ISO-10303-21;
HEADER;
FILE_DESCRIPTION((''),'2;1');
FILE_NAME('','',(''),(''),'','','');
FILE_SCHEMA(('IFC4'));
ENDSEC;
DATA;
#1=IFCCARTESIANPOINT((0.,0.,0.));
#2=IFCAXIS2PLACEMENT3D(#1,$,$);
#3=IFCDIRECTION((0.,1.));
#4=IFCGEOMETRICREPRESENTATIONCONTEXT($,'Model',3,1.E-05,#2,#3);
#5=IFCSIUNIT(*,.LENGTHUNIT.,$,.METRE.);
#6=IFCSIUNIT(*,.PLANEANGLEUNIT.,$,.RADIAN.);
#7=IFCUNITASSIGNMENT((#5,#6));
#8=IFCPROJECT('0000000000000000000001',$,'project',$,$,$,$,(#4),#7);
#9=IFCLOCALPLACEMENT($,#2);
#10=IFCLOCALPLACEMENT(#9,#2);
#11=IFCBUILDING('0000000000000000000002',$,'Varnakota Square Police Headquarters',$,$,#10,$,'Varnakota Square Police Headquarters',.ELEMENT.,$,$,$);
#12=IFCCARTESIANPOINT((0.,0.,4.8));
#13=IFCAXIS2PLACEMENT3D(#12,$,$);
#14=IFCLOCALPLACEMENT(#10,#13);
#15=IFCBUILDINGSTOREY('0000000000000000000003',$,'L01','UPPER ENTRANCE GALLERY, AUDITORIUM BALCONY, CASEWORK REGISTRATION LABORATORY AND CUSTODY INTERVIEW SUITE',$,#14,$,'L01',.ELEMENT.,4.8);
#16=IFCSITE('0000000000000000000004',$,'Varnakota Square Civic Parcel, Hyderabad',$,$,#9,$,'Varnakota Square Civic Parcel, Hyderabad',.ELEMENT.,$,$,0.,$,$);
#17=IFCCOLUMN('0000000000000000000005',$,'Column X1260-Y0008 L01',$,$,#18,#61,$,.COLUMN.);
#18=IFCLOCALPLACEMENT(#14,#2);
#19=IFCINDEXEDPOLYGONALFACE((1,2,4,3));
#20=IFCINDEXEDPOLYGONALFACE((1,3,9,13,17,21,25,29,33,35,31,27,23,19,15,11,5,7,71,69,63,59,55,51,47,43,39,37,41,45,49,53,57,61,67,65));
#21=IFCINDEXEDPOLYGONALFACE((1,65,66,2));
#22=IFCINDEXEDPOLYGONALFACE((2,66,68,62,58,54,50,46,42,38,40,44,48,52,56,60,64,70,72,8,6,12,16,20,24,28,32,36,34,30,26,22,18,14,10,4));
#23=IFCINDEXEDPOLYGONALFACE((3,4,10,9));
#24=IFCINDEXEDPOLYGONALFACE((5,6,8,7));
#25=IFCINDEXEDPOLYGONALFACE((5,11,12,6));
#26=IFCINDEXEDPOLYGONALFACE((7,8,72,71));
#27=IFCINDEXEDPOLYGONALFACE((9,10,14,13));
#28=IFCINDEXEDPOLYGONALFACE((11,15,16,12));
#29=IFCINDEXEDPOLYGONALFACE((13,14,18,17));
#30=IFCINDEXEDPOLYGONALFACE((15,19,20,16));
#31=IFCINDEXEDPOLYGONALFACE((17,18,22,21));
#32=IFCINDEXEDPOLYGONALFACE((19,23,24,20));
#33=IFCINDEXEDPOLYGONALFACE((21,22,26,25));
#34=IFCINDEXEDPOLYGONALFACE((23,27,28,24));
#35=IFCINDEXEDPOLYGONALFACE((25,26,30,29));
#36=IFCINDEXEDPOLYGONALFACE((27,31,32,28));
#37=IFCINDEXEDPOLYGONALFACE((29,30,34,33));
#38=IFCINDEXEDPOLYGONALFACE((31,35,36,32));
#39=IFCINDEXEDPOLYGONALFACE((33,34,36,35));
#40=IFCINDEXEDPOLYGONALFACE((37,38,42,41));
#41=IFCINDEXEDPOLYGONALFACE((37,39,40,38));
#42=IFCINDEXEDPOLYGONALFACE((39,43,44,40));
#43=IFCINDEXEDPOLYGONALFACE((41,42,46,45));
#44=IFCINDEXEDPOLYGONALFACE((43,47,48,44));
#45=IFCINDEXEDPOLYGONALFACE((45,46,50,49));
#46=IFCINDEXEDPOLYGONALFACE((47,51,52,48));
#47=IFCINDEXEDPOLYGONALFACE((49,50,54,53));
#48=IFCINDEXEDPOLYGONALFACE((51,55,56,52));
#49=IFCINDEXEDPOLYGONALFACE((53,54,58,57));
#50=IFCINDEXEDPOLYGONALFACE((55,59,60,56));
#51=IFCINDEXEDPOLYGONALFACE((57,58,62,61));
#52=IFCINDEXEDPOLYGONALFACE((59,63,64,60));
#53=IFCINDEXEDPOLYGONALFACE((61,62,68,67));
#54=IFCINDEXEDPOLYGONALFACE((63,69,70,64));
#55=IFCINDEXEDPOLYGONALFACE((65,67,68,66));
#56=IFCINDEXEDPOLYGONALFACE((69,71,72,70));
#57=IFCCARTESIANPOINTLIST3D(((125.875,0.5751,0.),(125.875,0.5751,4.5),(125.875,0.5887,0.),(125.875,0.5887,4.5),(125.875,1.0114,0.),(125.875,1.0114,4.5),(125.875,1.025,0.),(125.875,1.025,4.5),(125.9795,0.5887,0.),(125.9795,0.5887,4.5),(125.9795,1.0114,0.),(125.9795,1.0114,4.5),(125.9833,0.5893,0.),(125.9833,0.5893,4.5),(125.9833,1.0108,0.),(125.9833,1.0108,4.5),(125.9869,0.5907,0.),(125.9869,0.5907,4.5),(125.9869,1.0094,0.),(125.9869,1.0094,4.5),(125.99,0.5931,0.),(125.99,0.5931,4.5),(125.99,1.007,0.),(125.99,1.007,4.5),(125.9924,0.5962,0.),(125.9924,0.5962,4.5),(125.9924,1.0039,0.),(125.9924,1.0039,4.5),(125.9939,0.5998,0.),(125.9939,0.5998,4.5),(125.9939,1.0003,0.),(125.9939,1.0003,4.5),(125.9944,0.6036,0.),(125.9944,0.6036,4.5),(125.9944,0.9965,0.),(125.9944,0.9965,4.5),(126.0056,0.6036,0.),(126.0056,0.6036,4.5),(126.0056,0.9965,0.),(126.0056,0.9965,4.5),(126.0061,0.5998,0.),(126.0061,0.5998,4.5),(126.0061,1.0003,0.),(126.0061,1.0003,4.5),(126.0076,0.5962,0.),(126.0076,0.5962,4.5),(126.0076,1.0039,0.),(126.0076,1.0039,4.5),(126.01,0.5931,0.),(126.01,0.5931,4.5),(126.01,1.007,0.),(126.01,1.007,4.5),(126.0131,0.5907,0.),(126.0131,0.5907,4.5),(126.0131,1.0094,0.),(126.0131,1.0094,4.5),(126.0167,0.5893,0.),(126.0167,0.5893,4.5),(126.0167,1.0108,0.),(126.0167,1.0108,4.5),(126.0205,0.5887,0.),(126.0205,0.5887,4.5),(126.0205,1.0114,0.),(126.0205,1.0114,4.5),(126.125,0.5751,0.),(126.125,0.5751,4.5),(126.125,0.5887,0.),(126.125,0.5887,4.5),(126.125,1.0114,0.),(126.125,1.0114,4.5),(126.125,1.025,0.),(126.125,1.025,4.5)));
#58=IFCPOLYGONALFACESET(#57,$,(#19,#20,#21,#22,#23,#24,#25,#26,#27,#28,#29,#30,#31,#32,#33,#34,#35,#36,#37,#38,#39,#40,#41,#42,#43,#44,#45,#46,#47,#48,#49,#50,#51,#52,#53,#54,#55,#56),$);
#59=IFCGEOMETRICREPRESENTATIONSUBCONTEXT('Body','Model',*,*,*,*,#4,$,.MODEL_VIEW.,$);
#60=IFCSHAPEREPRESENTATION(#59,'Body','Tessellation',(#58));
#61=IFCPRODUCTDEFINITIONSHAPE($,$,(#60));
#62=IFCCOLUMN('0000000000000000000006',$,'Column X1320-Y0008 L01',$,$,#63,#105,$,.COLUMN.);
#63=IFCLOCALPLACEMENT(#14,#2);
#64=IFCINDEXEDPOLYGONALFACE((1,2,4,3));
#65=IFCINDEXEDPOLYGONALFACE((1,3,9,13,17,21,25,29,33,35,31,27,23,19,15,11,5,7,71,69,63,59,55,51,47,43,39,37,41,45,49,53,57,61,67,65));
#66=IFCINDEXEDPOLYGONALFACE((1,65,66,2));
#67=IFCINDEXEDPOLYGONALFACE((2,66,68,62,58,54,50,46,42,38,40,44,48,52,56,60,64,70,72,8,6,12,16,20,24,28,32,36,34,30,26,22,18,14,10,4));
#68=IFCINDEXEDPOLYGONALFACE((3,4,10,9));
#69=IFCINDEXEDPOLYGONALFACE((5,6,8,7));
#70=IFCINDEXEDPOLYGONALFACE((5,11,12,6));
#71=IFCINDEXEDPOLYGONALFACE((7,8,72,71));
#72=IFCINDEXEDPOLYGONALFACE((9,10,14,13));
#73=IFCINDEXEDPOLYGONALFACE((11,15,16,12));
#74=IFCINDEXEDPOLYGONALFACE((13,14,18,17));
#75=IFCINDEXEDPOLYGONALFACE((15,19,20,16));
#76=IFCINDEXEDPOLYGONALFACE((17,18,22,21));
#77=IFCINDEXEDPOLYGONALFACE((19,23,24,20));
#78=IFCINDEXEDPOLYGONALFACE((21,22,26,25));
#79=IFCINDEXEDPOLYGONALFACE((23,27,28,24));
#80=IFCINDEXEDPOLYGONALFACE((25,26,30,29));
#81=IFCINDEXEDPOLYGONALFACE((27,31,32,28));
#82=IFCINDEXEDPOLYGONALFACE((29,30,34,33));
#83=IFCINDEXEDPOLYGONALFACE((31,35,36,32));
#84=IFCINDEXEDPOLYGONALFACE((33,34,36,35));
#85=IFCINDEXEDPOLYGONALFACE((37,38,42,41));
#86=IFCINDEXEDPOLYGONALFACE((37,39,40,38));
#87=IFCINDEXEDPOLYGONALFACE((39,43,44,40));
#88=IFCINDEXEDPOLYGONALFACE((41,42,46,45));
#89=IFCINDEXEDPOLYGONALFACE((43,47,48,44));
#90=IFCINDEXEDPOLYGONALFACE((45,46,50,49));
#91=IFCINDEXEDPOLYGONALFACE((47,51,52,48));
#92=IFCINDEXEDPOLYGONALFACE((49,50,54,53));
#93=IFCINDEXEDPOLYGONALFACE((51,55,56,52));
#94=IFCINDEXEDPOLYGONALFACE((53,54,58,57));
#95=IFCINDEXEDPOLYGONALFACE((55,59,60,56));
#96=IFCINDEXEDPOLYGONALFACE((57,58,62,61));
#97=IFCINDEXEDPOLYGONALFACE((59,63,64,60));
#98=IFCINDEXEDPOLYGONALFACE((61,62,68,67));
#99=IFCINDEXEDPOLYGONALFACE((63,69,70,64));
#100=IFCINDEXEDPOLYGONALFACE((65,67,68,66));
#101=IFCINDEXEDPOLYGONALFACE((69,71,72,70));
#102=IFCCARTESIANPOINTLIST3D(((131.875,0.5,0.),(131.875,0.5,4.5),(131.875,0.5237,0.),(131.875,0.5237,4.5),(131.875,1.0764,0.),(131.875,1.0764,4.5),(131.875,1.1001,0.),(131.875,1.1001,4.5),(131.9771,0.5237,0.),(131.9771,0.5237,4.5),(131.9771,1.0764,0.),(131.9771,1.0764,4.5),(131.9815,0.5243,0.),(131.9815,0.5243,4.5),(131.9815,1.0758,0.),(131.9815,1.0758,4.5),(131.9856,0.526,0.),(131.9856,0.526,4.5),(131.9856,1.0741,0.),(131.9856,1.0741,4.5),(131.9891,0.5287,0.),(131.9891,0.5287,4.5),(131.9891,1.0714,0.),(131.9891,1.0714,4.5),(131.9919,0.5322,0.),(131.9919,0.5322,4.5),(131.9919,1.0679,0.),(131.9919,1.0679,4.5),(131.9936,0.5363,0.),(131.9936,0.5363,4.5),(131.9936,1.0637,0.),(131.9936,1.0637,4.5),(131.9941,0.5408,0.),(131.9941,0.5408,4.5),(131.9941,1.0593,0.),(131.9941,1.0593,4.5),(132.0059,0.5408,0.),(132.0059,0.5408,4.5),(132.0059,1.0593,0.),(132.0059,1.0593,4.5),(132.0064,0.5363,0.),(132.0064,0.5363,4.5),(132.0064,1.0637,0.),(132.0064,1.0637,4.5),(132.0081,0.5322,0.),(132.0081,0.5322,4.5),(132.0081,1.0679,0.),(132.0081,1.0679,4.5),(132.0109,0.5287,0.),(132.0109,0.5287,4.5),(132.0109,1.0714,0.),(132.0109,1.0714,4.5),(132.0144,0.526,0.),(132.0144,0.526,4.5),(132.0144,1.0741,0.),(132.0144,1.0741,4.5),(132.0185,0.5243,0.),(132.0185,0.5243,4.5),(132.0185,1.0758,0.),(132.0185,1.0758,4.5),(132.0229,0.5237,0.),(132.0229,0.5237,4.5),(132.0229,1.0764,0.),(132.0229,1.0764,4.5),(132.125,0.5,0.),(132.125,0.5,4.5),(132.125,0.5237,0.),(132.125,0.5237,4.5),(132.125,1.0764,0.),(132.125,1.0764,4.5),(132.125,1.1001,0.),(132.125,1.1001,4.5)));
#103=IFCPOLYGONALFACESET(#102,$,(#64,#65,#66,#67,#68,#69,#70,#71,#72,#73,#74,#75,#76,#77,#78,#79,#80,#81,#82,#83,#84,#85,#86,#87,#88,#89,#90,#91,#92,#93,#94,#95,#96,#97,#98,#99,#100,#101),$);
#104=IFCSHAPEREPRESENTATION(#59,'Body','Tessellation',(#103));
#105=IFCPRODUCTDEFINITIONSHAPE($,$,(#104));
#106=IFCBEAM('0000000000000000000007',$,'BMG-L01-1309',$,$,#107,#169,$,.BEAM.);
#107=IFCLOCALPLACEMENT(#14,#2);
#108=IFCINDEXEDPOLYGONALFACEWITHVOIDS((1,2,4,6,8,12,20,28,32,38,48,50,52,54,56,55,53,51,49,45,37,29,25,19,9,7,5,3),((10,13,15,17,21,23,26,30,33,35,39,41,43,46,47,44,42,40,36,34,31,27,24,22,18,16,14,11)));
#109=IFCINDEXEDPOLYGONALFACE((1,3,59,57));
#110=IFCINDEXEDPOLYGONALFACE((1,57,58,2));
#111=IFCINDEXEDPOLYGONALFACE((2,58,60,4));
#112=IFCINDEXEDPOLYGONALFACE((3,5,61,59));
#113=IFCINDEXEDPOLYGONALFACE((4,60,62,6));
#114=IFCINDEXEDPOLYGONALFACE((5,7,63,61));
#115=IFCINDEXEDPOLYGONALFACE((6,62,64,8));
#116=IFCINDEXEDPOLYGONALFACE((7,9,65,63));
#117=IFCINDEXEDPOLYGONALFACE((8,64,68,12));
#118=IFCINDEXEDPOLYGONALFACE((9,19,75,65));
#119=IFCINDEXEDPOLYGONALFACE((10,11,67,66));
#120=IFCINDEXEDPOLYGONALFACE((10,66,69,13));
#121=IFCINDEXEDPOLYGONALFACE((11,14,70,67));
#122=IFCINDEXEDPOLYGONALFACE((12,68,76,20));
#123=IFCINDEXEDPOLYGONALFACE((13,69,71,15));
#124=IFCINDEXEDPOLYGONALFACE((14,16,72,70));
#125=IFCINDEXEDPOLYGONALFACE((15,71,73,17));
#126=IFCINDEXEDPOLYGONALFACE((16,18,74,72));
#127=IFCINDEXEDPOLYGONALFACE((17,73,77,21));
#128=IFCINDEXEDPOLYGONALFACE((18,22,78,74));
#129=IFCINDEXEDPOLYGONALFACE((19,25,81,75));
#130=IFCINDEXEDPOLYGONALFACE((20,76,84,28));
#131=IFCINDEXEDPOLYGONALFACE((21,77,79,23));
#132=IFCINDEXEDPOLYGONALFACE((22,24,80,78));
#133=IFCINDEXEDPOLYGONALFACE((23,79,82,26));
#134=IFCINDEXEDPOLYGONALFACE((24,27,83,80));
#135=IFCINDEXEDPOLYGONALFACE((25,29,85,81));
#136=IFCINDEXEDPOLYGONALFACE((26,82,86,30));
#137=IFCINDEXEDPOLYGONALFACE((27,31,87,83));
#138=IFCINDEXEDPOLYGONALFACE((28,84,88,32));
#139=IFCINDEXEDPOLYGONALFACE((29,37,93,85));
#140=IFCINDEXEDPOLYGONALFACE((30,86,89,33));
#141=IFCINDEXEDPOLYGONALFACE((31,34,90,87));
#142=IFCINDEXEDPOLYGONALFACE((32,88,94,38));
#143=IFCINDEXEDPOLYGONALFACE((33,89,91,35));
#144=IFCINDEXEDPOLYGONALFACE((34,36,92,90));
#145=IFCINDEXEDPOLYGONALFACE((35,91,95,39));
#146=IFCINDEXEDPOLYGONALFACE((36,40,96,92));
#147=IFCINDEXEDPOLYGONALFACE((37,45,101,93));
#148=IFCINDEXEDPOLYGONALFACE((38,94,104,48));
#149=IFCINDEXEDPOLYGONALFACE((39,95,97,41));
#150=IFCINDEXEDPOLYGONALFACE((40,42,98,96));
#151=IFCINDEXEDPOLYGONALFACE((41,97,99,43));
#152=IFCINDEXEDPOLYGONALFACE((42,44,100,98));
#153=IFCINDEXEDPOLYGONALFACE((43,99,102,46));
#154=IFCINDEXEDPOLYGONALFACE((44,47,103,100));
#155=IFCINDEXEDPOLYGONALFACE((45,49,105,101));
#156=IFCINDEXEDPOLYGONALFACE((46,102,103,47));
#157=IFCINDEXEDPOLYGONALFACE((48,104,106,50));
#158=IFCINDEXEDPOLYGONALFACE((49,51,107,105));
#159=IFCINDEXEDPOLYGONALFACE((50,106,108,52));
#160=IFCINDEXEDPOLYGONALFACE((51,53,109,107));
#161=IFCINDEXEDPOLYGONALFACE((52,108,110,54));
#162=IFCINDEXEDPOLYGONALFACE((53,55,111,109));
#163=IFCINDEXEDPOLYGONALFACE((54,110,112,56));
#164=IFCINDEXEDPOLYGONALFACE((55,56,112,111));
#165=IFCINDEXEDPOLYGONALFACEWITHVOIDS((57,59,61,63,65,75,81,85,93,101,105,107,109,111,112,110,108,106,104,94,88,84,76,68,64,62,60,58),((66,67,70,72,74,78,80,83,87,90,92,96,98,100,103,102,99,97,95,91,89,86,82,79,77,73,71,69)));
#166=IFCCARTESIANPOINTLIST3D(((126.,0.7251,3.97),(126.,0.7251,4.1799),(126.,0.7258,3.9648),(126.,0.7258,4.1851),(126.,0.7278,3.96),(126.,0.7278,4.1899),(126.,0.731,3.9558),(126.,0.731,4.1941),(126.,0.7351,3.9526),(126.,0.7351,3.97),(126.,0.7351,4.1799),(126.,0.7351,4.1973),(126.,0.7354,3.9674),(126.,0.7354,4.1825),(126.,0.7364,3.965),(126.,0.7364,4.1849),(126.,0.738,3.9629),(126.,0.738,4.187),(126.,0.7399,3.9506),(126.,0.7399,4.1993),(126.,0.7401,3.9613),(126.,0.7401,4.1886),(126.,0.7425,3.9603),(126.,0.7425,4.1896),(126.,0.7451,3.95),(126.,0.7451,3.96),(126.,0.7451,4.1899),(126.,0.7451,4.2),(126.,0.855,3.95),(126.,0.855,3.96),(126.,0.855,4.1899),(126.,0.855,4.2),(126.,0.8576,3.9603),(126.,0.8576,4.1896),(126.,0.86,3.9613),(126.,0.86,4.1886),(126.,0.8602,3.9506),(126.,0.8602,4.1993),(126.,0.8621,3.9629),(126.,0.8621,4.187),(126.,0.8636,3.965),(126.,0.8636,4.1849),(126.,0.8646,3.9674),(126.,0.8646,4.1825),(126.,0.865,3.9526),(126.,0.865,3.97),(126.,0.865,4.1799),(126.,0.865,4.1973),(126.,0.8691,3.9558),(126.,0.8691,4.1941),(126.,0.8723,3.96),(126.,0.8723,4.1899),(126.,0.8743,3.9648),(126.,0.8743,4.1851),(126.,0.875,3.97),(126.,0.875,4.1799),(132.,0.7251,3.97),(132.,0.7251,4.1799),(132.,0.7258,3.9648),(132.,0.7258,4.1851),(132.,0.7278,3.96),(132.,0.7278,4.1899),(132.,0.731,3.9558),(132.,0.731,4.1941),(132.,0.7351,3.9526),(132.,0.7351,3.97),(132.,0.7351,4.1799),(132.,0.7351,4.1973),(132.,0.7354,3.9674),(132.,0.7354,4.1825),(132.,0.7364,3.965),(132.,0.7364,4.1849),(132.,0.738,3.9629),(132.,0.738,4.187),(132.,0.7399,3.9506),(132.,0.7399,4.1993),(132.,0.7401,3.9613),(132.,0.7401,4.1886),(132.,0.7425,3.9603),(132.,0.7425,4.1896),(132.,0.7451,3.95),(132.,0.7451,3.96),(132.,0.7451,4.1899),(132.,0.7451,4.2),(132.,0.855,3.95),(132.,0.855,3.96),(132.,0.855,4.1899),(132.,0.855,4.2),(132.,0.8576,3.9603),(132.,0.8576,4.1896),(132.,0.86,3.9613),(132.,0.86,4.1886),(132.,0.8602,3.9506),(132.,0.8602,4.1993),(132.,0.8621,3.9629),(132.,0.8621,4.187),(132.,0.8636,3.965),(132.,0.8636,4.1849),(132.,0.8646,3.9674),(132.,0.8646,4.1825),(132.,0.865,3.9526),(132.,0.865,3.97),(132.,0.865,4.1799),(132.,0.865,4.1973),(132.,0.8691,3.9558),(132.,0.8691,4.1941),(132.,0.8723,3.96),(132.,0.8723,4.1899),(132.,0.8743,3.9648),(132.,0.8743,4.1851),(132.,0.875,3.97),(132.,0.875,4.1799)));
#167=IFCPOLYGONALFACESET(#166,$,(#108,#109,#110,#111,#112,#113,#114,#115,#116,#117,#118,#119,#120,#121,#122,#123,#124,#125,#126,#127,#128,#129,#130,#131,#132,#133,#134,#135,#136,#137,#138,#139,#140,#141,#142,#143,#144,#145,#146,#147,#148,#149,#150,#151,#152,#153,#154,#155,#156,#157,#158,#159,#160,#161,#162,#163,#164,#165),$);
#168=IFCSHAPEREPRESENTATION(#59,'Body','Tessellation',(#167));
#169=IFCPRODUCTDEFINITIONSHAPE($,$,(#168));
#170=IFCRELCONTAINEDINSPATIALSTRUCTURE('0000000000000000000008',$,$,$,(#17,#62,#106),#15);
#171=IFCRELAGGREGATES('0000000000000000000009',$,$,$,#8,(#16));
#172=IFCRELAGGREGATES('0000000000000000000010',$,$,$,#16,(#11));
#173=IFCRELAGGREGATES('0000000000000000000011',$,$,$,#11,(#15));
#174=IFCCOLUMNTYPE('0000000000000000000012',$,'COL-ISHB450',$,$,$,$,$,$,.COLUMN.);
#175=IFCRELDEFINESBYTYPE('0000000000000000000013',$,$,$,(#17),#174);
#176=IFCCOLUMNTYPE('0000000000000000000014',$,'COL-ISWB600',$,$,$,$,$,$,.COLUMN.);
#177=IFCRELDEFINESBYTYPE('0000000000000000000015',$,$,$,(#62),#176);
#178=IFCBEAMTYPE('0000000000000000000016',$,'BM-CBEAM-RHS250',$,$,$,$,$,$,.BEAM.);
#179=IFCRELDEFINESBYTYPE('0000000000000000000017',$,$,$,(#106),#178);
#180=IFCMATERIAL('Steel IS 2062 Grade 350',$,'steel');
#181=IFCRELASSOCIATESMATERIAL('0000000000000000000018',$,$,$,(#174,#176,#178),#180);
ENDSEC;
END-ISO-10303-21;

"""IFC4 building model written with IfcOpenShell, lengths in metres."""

from ifc_helpers import new_model, si_unit, direction, frame, origin, origin_2d, place, context, subcontext, project, spatial, hollow_rectangle, i_section, extrude, material, material_profile, profile_set, type_object, element, save


model = new_model("IFC4")

# Units and contexts
model_context = context("Model", 3, precision=1e-05, world=origin(), true_north=direction((0.0, 1.0)))
body_context = subcontext(model_context, "Body", "Model", "MODEL_VIEW")
ifc_project = project(units=[si_unit("LENGTHUNIT", "METRE"), si_unit("PLANEANGLEUNIT", "RADIAN")], contexts=[model_context])

# Site, building, storey
site_placement = place(None, origin())
site = spatial("IfcSite", under=ifc_project, at=site_placement, Name="Varnakota Square Civic Parcel, Hyderabad", LongName="Varnakota Square Civic Parcel, Hyderabad", CompositionType="ELEMENT", RefElevation=0.0)
building_placement = place(site_placement, origin())
building = spatial("IfcBuilding", under=site, at=building_placement, Name="Varnakota Square Police Headquarters", LongName="Varnakota Square Police Headquarters", CompositionType="ELEMENT")
storey_placement = place(building_placement, frame((0.0, 0.0, 4.8)))
storey = spatial("IfcBuildingStorey", under=building, at=storey_placement, Name="L01", Description="UPPER ENTRANCE GALLERY, AUDITORIUM BALCONY, CASEWORK REGISTRATION LABORATORY AND CUSTODY INTERVIEW SUITE", LongName="L01", CompositionType="ELEMENT", Elevation=4.8)

# Columns
ifc_material_1 = material(Name="Steel IS 2062 Grade 350", Category="steel")
ifc_material_profile_1 = material_profile(ifc_material_1, i_section(OverallWidth=0.25, OverallDepth=0.45, WebThickness=0.0112, FlangeThickness=0.0137, FilletRadius=0.0149, at=origin_2d()), Name="ISHB 450")
ifc_profile_set_1 = profile_set([ifc_material_profile_1], Name="Steel IS 2062 Grade 350")
column_type_1 = type_object("IfcColumnType", Name="COL-ISHB450", PredefinedType="COLUMN", material=ifc_profile_set_1)
column_1_placement = place(storey_placement, frame((126.0, 0.8, 0.0), z_axis=(0.0, 0.0, 1.0), x_axis=(1.0, 0.0, 0.0)))
element("IfcColumn", 1, at=column_1_placement, inside=storey, type_object=column_type_1, Name="Column X1260-Y0008 L01", PredefinedType="COLUMN", context=body_context, shape_type="SweptSolid", body=[
    extrude(i_section(OverallWidth=0.25, OverallDepth=0.45, WebThickness=0.0112, FlangeThickness=0.0137, FilletRadius=0.0149, at=origin_2d()), origin(), (0.0, 0.0, 1.0), 4.5),
])
ifc_material_profile_2 = material_profile(ifc_material_1, i_section(OverallWidth=0.25, OverallDepth=0.6001, WebThickness=0.0117, FlangeThickness=0.0237, FilletRadius=0.0171, at=origin_2d()), Name="ISWB 600")
ifc_profile_set_2 = profile_set([ifc_material_profile_2], Name="Steel IS 2062 Grade 350")
column_type_2 = type_object("IfcColumnType", Name="COL-ISWB600", PredefinedType="COLUMN", material=ifc_profile_set_2)
column_2_placement = place(storey_placement, frame((132.0, 0.8, 0.0), z_axis=(0.0, 0.0, 1.0), x_axis=(1.0, 0.0, 0.0)))
element("IfcColumn", 2, at=column_2_placement, inside=storey, type_object=column_type_2, Name="Column X1320-Y0008 L01", PredefinedType="COLUMN", context=body_context, shape_type="SweptSolid", body=[
    extrude(i_section(OverallWidth=0.25, OverallDepth=0.6001, WebThickness=0.0117, FlangeThickness=0.0237, FilletRadius=0.0171, at=origin_2d()), origin(), (0.0, 0.0, 1.0), 4.5),
])

# Beam
ifc_material_profile_3 = material_profile(ifc_material_1, hollow_rectangle(XDim=0.1499, YDim=0.25, WallThickness=0.01, InnerFilletRadius=0.01, OuterFilletRadius=0.02, at=origin_2d()), Name="RHS 250x150x10")
ifc_profile_set_3 = profile_set([ifc_material_profile_3], Name="Steel IS 2062 Grade 350")
beam_type_1 = type_object("IfcBeamType", Name="BM-CBEAM-RHS250", PredefinedType="BEAM", material=ifc_profile_set_3)
beam_1_placement = place(storey_placement, frame((126.0, 0.8, 4.075), z_axis=(1.0, 0.0, 0.0), x_axis=(0.0, 1.0, 0.0)))
element("IfcBeam", 3, at=beam_1_placement, inside=storey, type_object=beam_type_1, Name="BMG-L01-1309", PredefinedType="BEAM", context=body_context, shape_type="SweptSolid", body=[
    extrude(hollow_rectangle(XDim=0.1499, YDim=0.25, WallThickness=0.01, InnerFilletRadius=0.01, OuterFilletRadius=0.02, at=origin_2d()), origin(), (0.0, 0.0, 1.0), 6.0),
])

save(model, "model.ifc")
